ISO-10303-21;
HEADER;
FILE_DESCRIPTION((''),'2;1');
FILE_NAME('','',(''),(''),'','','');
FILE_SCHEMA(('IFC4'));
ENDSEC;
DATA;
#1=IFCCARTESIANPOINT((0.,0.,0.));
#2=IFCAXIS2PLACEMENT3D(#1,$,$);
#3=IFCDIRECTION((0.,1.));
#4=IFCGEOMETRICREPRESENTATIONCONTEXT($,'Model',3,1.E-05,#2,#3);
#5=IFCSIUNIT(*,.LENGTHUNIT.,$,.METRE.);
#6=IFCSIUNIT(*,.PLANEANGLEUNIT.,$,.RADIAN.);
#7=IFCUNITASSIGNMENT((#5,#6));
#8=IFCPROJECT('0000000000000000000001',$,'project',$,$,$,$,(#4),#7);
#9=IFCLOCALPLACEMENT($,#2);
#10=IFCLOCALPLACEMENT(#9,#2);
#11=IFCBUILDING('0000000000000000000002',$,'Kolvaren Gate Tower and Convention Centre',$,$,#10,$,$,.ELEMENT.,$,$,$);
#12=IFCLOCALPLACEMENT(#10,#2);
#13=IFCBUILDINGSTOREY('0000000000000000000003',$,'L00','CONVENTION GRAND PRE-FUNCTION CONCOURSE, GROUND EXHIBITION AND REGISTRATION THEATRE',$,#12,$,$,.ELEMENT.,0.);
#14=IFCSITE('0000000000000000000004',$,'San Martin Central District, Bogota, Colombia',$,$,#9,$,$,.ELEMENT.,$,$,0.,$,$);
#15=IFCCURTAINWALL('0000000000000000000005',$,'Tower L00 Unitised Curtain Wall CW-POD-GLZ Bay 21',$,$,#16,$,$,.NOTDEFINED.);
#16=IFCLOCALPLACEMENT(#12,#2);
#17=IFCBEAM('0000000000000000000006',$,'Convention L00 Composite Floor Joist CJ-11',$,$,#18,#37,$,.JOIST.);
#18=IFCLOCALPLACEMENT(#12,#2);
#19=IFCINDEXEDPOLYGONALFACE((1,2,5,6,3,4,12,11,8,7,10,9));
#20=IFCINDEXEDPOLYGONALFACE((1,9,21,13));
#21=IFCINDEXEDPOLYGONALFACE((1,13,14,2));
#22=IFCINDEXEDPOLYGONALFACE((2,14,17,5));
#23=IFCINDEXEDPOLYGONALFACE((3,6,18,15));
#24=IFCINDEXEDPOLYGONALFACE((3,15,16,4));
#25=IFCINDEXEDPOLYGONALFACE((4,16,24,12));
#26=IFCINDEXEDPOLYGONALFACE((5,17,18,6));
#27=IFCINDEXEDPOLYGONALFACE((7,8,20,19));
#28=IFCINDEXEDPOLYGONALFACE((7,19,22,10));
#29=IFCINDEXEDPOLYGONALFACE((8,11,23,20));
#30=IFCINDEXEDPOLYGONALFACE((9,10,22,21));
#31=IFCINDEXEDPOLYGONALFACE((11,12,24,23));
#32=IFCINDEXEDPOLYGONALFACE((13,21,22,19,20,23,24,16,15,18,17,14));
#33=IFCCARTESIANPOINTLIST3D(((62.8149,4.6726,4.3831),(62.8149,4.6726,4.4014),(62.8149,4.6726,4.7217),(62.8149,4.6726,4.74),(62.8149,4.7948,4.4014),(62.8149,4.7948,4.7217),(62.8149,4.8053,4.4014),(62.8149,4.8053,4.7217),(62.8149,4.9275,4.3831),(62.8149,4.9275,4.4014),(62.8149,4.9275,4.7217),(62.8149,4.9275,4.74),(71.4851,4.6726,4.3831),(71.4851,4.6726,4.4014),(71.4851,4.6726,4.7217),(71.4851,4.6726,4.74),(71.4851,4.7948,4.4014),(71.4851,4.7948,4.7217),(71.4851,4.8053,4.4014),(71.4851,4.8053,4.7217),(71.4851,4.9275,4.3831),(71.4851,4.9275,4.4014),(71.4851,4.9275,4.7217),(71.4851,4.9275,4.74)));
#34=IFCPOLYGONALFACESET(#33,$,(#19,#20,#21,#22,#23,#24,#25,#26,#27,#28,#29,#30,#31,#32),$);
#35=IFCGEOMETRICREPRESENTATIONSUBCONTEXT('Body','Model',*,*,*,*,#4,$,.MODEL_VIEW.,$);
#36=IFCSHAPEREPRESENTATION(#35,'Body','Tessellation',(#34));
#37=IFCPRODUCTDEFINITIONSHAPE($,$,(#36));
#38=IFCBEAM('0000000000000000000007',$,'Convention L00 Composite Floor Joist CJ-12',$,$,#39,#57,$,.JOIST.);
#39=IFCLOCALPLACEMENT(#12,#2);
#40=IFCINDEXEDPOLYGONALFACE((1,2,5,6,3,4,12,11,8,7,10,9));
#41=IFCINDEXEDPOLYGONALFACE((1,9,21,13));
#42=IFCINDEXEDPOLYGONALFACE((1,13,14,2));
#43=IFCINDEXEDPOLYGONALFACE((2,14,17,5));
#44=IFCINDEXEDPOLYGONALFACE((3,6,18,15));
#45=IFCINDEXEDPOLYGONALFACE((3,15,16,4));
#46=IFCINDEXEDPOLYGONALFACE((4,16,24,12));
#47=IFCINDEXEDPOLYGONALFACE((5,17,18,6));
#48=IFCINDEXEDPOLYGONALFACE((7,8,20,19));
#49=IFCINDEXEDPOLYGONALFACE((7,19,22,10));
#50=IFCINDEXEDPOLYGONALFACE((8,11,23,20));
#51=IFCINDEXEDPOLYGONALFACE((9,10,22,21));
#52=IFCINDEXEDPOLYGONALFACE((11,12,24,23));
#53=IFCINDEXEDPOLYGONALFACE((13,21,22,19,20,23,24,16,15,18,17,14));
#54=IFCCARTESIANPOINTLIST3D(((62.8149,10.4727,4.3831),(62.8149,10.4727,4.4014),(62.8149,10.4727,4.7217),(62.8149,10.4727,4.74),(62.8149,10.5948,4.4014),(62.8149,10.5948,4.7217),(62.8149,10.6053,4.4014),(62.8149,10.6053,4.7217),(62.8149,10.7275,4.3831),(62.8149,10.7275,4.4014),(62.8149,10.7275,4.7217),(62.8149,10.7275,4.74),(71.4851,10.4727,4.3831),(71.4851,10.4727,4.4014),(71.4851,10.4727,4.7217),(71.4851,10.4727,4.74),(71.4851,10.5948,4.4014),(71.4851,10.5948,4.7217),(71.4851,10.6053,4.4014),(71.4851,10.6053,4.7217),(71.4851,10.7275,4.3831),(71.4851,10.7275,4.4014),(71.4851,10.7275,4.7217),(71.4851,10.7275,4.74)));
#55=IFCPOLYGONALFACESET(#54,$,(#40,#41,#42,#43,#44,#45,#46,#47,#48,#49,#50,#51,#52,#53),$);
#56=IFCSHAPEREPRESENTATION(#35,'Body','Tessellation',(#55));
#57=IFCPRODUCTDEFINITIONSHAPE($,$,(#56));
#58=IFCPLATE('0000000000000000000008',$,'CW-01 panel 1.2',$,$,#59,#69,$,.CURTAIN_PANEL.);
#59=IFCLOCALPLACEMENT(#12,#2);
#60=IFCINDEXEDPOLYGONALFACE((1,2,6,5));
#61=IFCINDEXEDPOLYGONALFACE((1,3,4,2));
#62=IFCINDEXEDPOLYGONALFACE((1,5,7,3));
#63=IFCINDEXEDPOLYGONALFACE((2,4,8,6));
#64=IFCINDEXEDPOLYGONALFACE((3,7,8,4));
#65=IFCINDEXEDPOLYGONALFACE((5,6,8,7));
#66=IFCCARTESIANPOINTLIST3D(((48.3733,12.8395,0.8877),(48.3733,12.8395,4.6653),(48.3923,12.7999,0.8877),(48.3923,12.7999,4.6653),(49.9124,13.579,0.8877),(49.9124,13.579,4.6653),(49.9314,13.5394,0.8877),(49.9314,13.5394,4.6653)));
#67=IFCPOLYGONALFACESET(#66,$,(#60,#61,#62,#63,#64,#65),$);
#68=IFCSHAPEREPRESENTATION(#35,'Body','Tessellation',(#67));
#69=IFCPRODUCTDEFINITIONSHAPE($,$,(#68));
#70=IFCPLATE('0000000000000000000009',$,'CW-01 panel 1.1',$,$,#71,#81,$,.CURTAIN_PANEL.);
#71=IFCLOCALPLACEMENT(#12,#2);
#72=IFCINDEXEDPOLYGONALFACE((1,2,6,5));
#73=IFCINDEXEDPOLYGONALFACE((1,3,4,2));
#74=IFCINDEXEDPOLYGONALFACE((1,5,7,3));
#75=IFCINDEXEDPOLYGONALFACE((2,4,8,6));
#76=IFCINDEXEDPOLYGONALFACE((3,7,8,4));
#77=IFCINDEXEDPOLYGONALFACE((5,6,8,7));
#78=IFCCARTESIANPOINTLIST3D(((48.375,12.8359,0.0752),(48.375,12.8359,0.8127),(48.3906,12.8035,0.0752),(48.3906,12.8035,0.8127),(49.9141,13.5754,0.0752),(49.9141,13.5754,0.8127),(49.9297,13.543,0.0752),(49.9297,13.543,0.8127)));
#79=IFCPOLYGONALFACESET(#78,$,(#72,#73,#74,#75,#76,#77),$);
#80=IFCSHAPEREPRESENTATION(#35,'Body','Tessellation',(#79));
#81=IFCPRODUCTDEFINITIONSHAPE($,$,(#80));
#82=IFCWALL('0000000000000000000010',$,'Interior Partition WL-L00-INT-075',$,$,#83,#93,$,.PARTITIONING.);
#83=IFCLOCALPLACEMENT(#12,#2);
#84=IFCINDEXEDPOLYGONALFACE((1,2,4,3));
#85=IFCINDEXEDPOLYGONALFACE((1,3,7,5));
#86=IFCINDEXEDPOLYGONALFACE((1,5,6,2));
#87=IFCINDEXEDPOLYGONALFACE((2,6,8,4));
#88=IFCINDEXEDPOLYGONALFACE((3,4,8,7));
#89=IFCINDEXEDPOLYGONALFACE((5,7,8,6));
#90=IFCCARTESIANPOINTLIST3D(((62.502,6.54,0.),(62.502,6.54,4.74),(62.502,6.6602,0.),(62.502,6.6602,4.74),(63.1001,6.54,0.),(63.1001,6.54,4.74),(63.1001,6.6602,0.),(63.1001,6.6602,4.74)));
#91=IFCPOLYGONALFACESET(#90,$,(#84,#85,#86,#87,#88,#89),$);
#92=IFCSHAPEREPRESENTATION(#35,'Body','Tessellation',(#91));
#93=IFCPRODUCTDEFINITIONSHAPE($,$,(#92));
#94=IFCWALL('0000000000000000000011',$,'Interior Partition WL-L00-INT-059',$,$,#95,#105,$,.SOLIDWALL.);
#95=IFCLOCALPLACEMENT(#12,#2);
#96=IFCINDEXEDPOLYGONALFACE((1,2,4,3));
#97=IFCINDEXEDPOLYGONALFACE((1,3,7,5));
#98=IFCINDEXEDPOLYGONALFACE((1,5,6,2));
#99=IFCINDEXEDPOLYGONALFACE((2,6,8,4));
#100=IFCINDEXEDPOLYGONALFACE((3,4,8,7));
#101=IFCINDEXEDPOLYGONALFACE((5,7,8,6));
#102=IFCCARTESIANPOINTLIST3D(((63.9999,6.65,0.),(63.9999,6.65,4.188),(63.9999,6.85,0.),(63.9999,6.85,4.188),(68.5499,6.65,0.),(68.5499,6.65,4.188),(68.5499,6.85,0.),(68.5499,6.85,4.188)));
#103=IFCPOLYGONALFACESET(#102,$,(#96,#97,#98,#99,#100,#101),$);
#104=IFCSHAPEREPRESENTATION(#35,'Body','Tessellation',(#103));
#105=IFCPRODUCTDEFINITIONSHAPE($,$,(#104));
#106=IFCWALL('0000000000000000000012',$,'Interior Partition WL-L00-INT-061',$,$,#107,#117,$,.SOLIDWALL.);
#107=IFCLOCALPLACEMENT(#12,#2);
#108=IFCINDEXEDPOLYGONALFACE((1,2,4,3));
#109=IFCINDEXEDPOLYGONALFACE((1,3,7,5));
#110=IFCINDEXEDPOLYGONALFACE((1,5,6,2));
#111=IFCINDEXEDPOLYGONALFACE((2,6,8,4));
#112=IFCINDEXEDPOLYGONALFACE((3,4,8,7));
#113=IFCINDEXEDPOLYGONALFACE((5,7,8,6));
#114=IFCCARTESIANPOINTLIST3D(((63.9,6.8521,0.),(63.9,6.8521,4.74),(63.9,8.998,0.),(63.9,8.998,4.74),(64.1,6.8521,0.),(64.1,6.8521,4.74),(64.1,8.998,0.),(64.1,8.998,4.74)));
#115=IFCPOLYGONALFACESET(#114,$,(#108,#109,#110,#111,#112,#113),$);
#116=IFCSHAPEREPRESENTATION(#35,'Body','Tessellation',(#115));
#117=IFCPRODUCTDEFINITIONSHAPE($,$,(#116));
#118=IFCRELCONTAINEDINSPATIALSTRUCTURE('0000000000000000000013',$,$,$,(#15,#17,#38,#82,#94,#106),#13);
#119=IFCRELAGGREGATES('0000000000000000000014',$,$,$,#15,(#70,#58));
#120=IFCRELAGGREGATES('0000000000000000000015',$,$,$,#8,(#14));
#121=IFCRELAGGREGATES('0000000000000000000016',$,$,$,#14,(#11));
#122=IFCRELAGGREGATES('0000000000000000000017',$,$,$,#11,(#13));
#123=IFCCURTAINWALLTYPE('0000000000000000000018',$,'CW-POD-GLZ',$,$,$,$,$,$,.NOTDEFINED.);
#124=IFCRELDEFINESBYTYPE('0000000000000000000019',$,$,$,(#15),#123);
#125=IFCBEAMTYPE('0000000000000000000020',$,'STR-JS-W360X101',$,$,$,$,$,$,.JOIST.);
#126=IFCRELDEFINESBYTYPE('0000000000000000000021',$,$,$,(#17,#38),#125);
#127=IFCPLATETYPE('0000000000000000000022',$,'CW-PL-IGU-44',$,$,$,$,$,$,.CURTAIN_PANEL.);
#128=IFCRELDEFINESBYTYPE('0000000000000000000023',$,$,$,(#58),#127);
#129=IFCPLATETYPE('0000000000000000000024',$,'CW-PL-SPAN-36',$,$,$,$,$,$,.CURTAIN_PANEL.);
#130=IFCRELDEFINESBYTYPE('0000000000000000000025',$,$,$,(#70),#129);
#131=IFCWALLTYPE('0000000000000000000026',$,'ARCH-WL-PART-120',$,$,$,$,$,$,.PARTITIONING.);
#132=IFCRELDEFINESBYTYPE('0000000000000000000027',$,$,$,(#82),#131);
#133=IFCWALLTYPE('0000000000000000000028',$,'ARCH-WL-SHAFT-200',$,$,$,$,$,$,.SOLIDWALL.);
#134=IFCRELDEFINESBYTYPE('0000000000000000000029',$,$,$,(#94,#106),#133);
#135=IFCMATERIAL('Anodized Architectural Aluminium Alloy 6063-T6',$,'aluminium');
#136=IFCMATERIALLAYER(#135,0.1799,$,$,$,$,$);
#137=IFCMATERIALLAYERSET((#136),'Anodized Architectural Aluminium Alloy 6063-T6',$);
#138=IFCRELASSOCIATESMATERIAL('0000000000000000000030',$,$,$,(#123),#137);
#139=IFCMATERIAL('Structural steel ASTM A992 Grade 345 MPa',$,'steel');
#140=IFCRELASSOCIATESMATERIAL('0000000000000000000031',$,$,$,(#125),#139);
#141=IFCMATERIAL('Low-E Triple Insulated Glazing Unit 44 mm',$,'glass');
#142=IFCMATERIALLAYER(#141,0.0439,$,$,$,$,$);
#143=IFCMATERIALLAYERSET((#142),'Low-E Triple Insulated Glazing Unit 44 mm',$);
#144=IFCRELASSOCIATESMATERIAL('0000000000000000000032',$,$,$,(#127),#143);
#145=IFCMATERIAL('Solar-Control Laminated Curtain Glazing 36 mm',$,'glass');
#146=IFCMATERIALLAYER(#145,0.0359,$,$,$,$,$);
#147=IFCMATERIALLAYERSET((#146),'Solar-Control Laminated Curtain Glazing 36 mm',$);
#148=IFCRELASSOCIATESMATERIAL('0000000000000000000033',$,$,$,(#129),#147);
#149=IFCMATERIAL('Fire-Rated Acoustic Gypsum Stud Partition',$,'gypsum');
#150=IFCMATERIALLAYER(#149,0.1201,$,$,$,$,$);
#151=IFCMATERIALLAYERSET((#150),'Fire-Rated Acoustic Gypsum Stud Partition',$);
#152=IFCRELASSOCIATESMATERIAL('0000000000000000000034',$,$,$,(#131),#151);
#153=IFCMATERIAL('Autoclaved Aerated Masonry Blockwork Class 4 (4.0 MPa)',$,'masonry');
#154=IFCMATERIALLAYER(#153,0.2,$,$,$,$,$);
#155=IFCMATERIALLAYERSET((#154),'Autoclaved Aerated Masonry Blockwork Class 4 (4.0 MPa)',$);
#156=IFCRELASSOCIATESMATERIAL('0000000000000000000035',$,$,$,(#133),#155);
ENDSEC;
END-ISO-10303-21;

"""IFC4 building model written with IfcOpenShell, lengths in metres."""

from ifc_helpers import new_model, si_unit, direction, frame, frame_2d, origin, origin_2d, place, context, subcontext, project, spatial, rectangle, i_section, extrude, material, layer, layer_set, material_profile, profile_set, type_object, element, aggregate, save


model = new_model("IFC4")

# Units and contexts
model_context = context("Model", 3, precision=1e-05, world=origin(), true_north=direction((0.0, 1.0)))
body_context = subcontext(model_context, "Body", "Model", "MODEL_VIEW")
ifc_project = project(units=[si_unit("LENGTHUNIT", "METRE"), si_unit("PLANEANGLEUNIT", "RADIAN")], contexts=[model_context])

# Site, building, storey
site_placement = place(None, origin())
site = spatial("IfcSite", under=ifc_project, at=site_placement, Name="San Martin Central District, Bogota, Colombia", CompositionType="ELEMENT", RefElevation=0.0)
building_placement = place(site_placement, origin())
building = spatial("IfcBuilding", under=site, at=building_placement, Name="Kolvaren Gate Tower and Convention Centre", CompositionType="ELEMENT")
storey_placement = place(building_placement, origin())
storey = spatial("IfcBuildingStorey", under=building, at=storey_placement, Name="L00", Description="CONVENTION GRAND PRE-FUNCTION CONCOURSE, GROUND EXHIBITION AND REGISTRATION THEATRE", CompositionType="ELEMENT", Elevation=0.0)

# Curtain wall
ifc_material_1 = material(Name="Anodized Architectural Aluminium Alloy 6063-T6", Category="aluminium")
ifc_layer_1 = layer(ifc_material_1, 0.1799)
ifc_layer_set_1 = layer_set([ifc_layer_1], Name="Anodized Architectural Aluminium Alloy 6063-T6")
curtain_wall_type = type_object("IfcCurtainWallType", Name="CW-POD-GLZ", PredefinedType="NOTDEFINED", material=ifc_layer_set_1)
curtain_wall_placement = place(storey_placement, origin())
curtain_wall = element("IfcCurtainWall", 1, at=curtain_wall_placement, inside=storey, type_object=curtain_wall_type, Name="Tower L00 Unitised Curtain Wall CW-POD-GLZ Bay 21", PredefinedType="NOTDEFINED")

# Beams
ifc_material_2 = material(Name="Structural steel ASTM A992 Grade 345 MPa", Category="steel")
ifc_material_profile_1 = material_profile(ifc_material_2, i_section(OverallWidth=0.2549, OverallDepth=0.3569, WebThickness=0.0105, FlangeThickness=0.0183, at=origin_2d()), Name="W360X101")
ifc_profile_set_1 = profile_set([ifc_material_profile_1], Name="Structural steel ASTM A992 Grade 345 MPa")
beam_type_1 = type_object("IfcBeamType", Name="STR-JS-W360X101", PredefinedType="JOIST", material=ifc_profile_set_1)
for number, where, z_axis, x_axis, name in (
    (2, (62.8149, 4.8, 4.5615), (1.0, 0.0, 0.0), (0.0, 1.0, 0.0), "Convention L00 Composite Floor Joist CJ-11"),
    (3, (62.8149, 10.6001, 4.5615), (1.0, 0.0, 0.0), (0.0, 1.0, 0.0), "Convention L00 Composite Floor Joist CJ-12"),
):
    element("IfcBeam", number, at=place(storey_placement, frame(where, z_axis=z_axis, x_axis=x_axis)), inside=storey, type_object=beam_type_1, Name=name, PredefinedType="JOIST", context=body_context, shape_type="SweptSolid", body=[
        extrude(i_section(OverallWidth=0.2549, OverallDepth=0.3569, WebThickness=0.0105, FlangeThickness=0.0183, at=origin_2d()), origin(), (0.0, 0.0, 1.0), 8.6702),
    ])

# Plates
ifc_material_3 = material(Name="Low-E Triple Insulated Glazing Unit 44 mm", Category="glass")
ifc_layer_2 = layer(ifc_material_3, 0.0439)
ifc_layer_set_2 = layer_set([ifc_layer_2], Name="Low-E Triple Insulated Glazing Unit 44 mm")
plate_type_1 = type_object("IfcPlateType", Name="CW-PL-IGU-44", PredefinedType="CURTAIN_PANEL", material=ifc_layer_set_2)
plate_1_placement = place(storey_placement, frame((49.1523, 13.1895, 0.8877), z_axis=(0.0, 0.0, 1.0), x_axis=(0.901364, 0.433063, 0.0)))
plate_1 = element("IfcPlate", 4, at=plate_1_placement, type_object=plate_type_1, Name="CW-01 panel 1.2", PredefinedType="CURTAIN_PANEL", context=body_context, shape_type="SweptSolid", body=[
    extrude(rectangle(XDim=1.7075, YDim=0.0439, at=origin_2d()), origin(), (0.0, 0.0, 1.0), 3.7776),
])
ifc_material_4 = material(Name="Solar-Control Laminated Curtain Glazing 36 mm", Category="glass")
ifc_layer_3 = layer(ifc_material_4, 0.0359)
ifc_layer_set_3 = layer_set([ifc_layer_3], Name="Solar-Control Laminated Curtain Glazing 36 mm")
plate_type_2 = type_object("IfcPlateType", Name="CW-PL-SPAN-36", PredefinedType="CURTAIN_PANEL", material=ifc_layer_set_3)
plate_2_placement = place(storey_placement, frame((49.1523, 13.1895, 0.0752), z_axis=(0.0, 0.0, 1.0), x_axis=(0.901364, 0.433063, 0.0)))
plate_2 = element("IfcPlate", 5, at=plate_2_placement, type_object=plate_type_2, Name="CW-01 panel 1.1", PredefinedType="CURTAIN_PANEL", context=body_context, shape_type="SweptSolid", body=[
    extrude(rectangle(XDim=1.7075, YDim=0.0359, at=origin_2d()), origin(), (0.0, 0.0, 1.0), 0.7375),
])
aggregate(curtain_wall, [plate_2, plate_1])

# Walls
ifc_material_5 = material(Name="Fire-Rated Acoustic Gypsum Stud Partition", Category="gypsum")
ifc_layer_4 = layer(ifc_material_5, 0.1201)
ifc_layer_set_4 = layer_set([ifc_layer_4], Name="Fire-Rated Acoustic Gypsum Stud Partition")
wall_type_1 = type_object("IfcWallType", Name="ARCH-WL-PART-120", PredefinedType="PARTITIONING", material=ifc_layer_set_4)
wall_1_placement = place(storey_placement, frame((62.502, 6.6001, 0.0), z_axis=(0.0, 0.0, 1.0), x_axis=(1.0, 0.0, 0.0)))
element("IfcWall", 6, at=wall_1_placement, inside=storey, type_object=wall_type_1, Name="Interior Partition WL-L00-INT-075", PredefinedType="PARTITIONING", context=body_context, shape_type="SweptSolid", body=[
    extrude(rectangle(XDim=0.5981, YDim=0.1201, at=frame_2d((0.2991, 0.0))), origin(), (0.0, 0.0, 1.0), 4.74),
])
ifc_material_6 = material(Name="Autoclaved Aerated Masonry Blockwork Class 4 (4.0 MPa)", Category="masonry")
ifc_layer_5 = layer(ifc_material_6, 0.2)
ifc_layer_set_5 = layer_set([ifc_layer_5], Name="Autoclaved Aerated Masonry Blockwork Class 4 (4.0 MPa)")
wall_type_2 = type_object("IfcWallType", Name="ARCH-WL-SHAFT-200", PredefinedType="SOLIDWALL", material=ifc_layer_set_5)
wall_2_placement = place(storey_placement, frame((64.0, 6.75, 0.0), z_axis=(0.0, 0.0, 1.0), x_axis=(1.0, 0.0, 0.0)))
element("IfcWall", 7, at=wall_2_placement, inside=storey, type_object=wall_type_2, Name="Interior Partition WL-L00-INT-059", PredefinedType="SOLIDWALL", context=body_context, shape_type="SweptSolid", body=[
    extrude(rectangle(XDim=4.55, YDim=0.2, at=frame_2d((2.2749, 0.0))), origin(), (0.0, 0.0, 1.0), 4.188),
])
wall_3_placement = place(storey_placement, frame((64.0, 6.8521, 0.0), z_axis=(0.0, 0.0, 1.0), x_axis=(0.0, 1.0, 0.0)))
element("IfcWall", 8, at=wall_3_placement, inside=storey, type_object=wall_type_2, Name="Interior Partition WL-L00-INT-061", PredefinedType="SOLIDWALL", context=body_context, shape_type="SweptSolid", body=[
    extrude(rectangle(XDim=2.146, YDim=0.2, at=frame_2d((1.073, 0.0))), origin(), (0.0, 0.0, 1.0), 4.74),
])

save(model, "model.ifc")
